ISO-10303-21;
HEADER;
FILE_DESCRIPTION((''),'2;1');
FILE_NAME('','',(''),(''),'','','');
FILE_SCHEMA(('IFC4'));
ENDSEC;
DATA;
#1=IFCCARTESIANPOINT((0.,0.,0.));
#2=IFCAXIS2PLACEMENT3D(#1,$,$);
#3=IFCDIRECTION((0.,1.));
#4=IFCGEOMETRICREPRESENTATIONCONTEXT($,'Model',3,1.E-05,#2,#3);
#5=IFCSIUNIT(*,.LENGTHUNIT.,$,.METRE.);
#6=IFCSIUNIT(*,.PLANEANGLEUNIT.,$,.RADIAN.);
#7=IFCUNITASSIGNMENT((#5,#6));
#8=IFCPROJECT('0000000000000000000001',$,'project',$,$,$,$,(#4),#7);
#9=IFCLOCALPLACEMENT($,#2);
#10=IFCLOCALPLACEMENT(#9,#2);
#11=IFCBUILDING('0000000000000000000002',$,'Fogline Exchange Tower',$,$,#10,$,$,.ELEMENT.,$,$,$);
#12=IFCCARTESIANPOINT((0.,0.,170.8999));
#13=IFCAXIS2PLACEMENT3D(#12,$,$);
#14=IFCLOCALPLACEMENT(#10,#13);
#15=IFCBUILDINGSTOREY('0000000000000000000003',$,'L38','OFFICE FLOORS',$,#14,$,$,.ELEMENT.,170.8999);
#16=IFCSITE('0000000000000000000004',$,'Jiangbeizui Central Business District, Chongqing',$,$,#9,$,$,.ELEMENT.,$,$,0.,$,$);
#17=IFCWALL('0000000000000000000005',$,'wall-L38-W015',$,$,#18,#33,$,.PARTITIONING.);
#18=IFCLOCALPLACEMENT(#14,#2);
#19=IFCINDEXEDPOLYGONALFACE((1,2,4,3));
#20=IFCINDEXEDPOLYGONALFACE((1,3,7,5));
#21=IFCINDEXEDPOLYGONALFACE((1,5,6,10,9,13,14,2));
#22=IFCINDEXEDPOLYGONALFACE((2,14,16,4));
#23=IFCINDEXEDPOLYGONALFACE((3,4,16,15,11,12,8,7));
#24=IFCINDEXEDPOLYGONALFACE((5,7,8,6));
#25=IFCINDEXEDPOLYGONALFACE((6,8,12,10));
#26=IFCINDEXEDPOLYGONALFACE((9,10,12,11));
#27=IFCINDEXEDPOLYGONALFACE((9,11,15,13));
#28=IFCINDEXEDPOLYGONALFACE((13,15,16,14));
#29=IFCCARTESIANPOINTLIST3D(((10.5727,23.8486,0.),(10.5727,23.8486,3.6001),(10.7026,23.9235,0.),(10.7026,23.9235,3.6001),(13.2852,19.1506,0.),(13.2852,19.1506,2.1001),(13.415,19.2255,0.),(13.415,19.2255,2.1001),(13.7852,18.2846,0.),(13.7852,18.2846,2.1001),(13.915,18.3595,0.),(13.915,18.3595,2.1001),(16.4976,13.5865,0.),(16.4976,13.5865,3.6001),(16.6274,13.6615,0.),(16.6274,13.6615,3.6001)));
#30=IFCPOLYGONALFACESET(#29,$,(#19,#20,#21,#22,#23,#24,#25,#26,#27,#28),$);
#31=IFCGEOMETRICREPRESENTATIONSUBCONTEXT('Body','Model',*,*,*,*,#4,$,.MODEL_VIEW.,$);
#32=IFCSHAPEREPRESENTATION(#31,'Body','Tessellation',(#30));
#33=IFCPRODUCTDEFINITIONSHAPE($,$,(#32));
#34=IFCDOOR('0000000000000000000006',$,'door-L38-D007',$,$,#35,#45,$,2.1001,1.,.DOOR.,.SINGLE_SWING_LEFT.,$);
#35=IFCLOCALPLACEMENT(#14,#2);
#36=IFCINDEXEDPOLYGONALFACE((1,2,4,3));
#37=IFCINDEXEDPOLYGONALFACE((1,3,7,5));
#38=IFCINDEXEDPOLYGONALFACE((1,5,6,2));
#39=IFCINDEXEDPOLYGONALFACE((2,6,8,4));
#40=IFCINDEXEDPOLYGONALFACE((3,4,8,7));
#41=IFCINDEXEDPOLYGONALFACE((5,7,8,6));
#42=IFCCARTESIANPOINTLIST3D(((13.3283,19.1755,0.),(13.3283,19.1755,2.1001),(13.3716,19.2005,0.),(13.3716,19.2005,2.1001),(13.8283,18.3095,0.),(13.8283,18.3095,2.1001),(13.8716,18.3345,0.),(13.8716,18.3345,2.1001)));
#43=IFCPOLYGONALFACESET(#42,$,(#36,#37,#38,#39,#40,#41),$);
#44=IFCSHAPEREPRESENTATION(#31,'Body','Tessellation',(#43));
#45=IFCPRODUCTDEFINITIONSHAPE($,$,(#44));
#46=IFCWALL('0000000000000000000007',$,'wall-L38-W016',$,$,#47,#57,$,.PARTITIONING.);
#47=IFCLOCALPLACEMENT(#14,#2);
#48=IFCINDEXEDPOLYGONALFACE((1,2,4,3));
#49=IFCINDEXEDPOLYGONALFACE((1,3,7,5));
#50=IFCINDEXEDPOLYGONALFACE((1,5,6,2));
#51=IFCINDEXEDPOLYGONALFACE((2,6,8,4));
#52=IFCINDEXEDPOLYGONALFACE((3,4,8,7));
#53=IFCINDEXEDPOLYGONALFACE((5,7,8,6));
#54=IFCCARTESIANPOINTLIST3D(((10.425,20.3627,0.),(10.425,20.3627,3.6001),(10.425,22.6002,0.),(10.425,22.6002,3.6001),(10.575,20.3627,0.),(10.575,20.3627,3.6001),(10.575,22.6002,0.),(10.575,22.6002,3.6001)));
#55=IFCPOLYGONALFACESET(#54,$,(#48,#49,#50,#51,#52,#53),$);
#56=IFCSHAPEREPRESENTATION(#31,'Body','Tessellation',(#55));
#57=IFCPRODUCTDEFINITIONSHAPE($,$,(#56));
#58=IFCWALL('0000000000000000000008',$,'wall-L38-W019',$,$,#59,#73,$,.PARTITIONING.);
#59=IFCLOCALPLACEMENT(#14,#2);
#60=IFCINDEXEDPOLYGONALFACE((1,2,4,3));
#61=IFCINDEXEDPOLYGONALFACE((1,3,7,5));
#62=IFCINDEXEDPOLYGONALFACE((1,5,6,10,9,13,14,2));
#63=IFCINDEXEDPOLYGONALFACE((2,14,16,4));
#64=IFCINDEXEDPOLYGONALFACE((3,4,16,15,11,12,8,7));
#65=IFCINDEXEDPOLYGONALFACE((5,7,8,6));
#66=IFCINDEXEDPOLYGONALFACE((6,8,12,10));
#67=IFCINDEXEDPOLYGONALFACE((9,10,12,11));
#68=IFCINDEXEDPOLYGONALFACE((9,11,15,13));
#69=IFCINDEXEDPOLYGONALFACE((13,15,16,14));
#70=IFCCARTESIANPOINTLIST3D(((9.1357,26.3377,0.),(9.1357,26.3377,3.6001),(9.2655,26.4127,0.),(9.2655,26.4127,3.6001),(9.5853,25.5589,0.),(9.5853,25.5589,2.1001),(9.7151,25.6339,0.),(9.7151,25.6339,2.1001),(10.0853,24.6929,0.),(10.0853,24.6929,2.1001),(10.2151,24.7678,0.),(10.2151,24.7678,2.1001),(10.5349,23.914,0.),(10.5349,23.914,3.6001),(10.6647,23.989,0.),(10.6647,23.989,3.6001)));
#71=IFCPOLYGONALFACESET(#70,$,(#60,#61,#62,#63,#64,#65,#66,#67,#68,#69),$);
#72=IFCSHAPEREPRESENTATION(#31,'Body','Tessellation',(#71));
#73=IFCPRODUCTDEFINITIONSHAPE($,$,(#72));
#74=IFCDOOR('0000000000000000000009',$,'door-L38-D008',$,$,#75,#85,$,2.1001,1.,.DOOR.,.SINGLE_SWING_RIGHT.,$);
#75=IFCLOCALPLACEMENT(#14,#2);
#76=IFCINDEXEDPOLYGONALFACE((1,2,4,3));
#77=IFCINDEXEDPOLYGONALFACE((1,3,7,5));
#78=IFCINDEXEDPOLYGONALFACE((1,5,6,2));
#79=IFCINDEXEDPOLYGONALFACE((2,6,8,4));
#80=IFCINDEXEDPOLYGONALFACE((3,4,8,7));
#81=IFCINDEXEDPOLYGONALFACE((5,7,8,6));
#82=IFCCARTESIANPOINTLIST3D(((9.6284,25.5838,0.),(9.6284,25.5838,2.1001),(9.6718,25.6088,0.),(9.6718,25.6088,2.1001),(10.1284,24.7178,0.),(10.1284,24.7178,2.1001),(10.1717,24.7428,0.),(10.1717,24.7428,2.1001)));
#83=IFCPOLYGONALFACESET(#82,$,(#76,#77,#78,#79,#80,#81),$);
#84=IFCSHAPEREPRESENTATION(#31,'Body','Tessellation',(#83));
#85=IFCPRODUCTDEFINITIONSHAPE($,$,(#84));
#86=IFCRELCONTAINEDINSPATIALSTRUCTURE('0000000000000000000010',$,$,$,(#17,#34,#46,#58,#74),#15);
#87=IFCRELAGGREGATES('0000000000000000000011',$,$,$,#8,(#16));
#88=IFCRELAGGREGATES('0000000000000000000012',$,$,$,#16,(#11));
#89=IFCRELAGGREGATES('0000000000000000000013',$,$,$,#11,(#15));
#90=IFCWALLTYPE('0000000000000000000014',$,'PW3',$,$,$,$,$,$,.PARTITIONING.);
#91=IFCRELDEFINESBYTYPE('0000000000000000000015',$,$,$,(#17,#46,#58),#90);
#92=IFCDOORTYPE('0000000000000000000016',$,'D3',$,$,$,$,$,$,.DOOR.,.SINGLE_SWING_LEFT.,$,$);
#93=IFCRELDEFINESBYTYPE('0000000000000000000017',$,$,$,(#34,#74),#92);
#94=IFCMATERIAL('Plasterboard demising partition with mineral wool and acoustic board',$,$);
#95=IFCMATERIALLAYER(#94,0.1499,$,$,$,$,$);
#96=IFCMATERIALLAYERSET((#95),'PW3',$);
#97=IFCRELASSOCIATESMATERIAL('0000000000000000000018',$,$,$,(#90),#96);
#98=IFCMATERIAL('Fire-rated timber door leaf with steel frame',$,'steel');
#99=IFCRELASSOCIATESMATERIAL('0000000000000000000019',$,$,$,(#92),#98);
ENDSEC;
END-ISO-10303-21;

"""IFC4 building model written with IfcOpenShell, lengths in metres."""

from ifc_helpers import new_model, si_unit, direction, frame, frame_2d, origin, place, context, subcontext, project, spatial, rectangle, extrude, material, layer, layer_set, type_object, element, fill, save


model = new_model("IFC4")

# Units and contexts
model_context = context("Model", 3, precision=1e-05, world=origin(), true_north=direction((0.0, 1.0)))
body_context = subcontext(model_context, "Body", "Model", "MODEL_VIEW")
ifc_project = project(units=[si_unit("LENGTHUNIT", "METRE"), si_unit("PLANEANGLEUNIT", "RADIAN")], contexts=[model_context])

# Site, building, storey
site_placement = place(None, origin())
site = spatial("IfcSite", under=ifc_project, at=site_placement, Name="Jiangbeizui Central Business District, Chongqing", CompositionType="ELEMENT", RefElevation=0.0)
building_placement = place(site_placement, origin())
building = spatial("IfcBuilding", under=site, at=building_placement, Name="Fogline Exchange Tower", CompositionType="ELEMENT")
storey_placement = place(building_placement, frame((0.0, 0.0, 170.8999)))
storey = spatial("IfcBuildingStorey", under=building, at=storey_placement, Name="L38", Description="OFFICE FLOORS", CompositionType="ELEMENT", Elevation=170.8999)

# Shared definitions
ifc_material_1 = material(Name="Plasterboard demising partition with mineral wool and acoustic board")
ifc_layer_1 = layer(ifc_material_1, 0.1499)
ifc_layer_set_1 = layer_set([ifc_layer_1], Name="PW3")
wall_type_1 = type_object("IfcWallType", Name="PW3", PredefinedType="PARTITIONING", material=ifc_layer_set_1)

# Wall, opening, door
wall_1_placement = place(storey_placement, frame((16.5625, 13.624, 0.0), z_axis=(0.0, 0.0, 1.0), x_axis=(-0.500004, 0.866023, 0.0)))
wall_1 = element("IfcWall", 1, at=wall_1_placement, inside=storey, type_object=wall_type_1, Name="wall-L38-W015", PredefinedType="PARTITIONING", context=body_context, shape_type="SweptSolid", body=[
    extrude(rectangle(XDim=11.8496, YDim=0.1499, at=frame_2d((5.9248, 0.0))), origin(), (0.0, 0.0, 1.0), 3.6001),
])
opening_1_placement = place(wall_1_placement, frame((5.4248, 0.0, 0.0)))
opening_1 = element("IfcOpeningElement", 2, at=opening_1_placement, cuts=wall_1, PredefinedType="OPENING", context=body_context, shape_type="SweptSolid", body=[
    extrude(rectangle(XDim=1.0, YDim=2.1001, at=frame_2d((0.5, 1.05))), frame((0.0, 0.085, 0.0), z_axis=(0.0, -1.0, 0.0), x_axis=(1.0, 0.0, 0.0)), (0.0, 0.0, 1.0), 0.1699),
])
ifc_material_2 = material(Name="Fire-rated timber door leaf with steel frame", Category="steel")
door_type_1 = type_object("IfcDoorType", Name="D3", OperationType="SINGLE_SWING_LEFT", PredefinedType="DOOR", material=ifc_material_2)
door_1_placement = place(opening_1_placement, frame((1.0, 0.0, 0.0), z_axis=(0.0, 0.0, 1.0), x_axis=(-1.0, 0.0, 0.0)))
door_1 = element("IfcDoor", 3, at=door_1_placement, inside=storey, type_object=door_type_1, Name="door-L38-D007", OperationType="SINGLE_SWING_LEFT", OverallHeight=2.1001, OverallWidth=1.0, PredefinedType="DOOR", context=body_context, shape_type="SweptSolid", body=[
    extrude(rectangle(XDim=1.0, YDim=2.1001, at=frame_2d((0.5, 1.05))), frame((0.0, 0.0249, 0.0), z_axis=(0.0, -1.0, 0.0), x_axis=(1.0, 0.0, 0.0)), (0.0, 0.0, 1.0), 0.05),
])
fill(opening_1, door_1)

# Wall
wall_2_placement = place(storey_placement, frame((10.5, 22.6001, 0.0), z_axis=(0.0, 0.0, 1.0), x_axis=(0.0, -1.0, 0.0)))
element("IfcWall", 4, at=wall_2_placement, inside=storey, type_object=wall_type_1, Name="wall-L38-W016", PredefinedType="PARTITIONING", context=body_context, shape_type="SweptSolid", body=[
    extrude(rectangle(XDim=2.2375, YDim=0.1499, at=frame_2d((1.1187, 0.0))), origin(), (0.0, 0.0, 1.0), 3.6001),
])

# Wall, opening, door
wall_3_placement = place(storey_placement, frame((10.5999, 23.9514, 0.0), z_axis=(0.0, 0.0, 1.0), x_axis=(-0.499977, 0.866039, 0.0)))
wall_3 = element("IfcWall", 5, at=wall_3_placement, inside=storey, type_object=wall_type_1, Name="wall-L38-W019", PredefinedType="PARTITIONING", context=body_context, shape_type="SweptSolid", body=[
    extrude(rectangle(XDim=2.7986, YDim=0.1499, at=frame_2d((1.3994, 0.0))), origin(), (0.0, 0.0, 1.0), 3.6001),
])
opening_2_placement = place(wall_3_placement, frame((0.8994, 0.0, 0.0)))
opening_2 = element("IfcOpeningElement", 6, at=opening_2_placement, cuts=wall_3, PredefinedType="OPENING", context=body_context, shape_type="SweptSolid", body=[
    extrude(rectangle(XDim=1.0, YDim=2.1001, at=frame_2d((0.5, 1.05))), frame((0.0, 0.085, 0.0), z_axis=(0.0, -1.0, 0.0), x_axis=(1.0, 0.0, 0.0)), (0.0, 0.0, 1.0), 0.1699),
])
door_2_placement = place(opening_2_placement, frame((1.0, 0.0, 0.0), z_axis=(0.0, 0.0, 1.0), x_axis=(-1.0, 0.0, 0.0)))
door_2 = element("IfcDoor", 7, at=door_2_placement, inside=storey, type_object=door_type_1, Name="door-L38-D008", OperationType="SINGLE_SWING_RIGHT", OverallHeight=2.1001, OverallWidth=1.0, PredefinedType="DOOR", context=body_context, shape_type="SweptSolid", body=[
    extrude(rectangle(XDim=1.0, YDim=2.1001, at=frame_2d((0.5, 1.05))), frame((0.0, 0.0249, 0.0), z_axis=(0.0, -1.0, 0.0), x_axis=(1.0, 0.0, 0.0)), (0.0, 0.0, 1.0), 0.05),
])
fill(opening_2, door_2)

save(model, "model.ifc")
